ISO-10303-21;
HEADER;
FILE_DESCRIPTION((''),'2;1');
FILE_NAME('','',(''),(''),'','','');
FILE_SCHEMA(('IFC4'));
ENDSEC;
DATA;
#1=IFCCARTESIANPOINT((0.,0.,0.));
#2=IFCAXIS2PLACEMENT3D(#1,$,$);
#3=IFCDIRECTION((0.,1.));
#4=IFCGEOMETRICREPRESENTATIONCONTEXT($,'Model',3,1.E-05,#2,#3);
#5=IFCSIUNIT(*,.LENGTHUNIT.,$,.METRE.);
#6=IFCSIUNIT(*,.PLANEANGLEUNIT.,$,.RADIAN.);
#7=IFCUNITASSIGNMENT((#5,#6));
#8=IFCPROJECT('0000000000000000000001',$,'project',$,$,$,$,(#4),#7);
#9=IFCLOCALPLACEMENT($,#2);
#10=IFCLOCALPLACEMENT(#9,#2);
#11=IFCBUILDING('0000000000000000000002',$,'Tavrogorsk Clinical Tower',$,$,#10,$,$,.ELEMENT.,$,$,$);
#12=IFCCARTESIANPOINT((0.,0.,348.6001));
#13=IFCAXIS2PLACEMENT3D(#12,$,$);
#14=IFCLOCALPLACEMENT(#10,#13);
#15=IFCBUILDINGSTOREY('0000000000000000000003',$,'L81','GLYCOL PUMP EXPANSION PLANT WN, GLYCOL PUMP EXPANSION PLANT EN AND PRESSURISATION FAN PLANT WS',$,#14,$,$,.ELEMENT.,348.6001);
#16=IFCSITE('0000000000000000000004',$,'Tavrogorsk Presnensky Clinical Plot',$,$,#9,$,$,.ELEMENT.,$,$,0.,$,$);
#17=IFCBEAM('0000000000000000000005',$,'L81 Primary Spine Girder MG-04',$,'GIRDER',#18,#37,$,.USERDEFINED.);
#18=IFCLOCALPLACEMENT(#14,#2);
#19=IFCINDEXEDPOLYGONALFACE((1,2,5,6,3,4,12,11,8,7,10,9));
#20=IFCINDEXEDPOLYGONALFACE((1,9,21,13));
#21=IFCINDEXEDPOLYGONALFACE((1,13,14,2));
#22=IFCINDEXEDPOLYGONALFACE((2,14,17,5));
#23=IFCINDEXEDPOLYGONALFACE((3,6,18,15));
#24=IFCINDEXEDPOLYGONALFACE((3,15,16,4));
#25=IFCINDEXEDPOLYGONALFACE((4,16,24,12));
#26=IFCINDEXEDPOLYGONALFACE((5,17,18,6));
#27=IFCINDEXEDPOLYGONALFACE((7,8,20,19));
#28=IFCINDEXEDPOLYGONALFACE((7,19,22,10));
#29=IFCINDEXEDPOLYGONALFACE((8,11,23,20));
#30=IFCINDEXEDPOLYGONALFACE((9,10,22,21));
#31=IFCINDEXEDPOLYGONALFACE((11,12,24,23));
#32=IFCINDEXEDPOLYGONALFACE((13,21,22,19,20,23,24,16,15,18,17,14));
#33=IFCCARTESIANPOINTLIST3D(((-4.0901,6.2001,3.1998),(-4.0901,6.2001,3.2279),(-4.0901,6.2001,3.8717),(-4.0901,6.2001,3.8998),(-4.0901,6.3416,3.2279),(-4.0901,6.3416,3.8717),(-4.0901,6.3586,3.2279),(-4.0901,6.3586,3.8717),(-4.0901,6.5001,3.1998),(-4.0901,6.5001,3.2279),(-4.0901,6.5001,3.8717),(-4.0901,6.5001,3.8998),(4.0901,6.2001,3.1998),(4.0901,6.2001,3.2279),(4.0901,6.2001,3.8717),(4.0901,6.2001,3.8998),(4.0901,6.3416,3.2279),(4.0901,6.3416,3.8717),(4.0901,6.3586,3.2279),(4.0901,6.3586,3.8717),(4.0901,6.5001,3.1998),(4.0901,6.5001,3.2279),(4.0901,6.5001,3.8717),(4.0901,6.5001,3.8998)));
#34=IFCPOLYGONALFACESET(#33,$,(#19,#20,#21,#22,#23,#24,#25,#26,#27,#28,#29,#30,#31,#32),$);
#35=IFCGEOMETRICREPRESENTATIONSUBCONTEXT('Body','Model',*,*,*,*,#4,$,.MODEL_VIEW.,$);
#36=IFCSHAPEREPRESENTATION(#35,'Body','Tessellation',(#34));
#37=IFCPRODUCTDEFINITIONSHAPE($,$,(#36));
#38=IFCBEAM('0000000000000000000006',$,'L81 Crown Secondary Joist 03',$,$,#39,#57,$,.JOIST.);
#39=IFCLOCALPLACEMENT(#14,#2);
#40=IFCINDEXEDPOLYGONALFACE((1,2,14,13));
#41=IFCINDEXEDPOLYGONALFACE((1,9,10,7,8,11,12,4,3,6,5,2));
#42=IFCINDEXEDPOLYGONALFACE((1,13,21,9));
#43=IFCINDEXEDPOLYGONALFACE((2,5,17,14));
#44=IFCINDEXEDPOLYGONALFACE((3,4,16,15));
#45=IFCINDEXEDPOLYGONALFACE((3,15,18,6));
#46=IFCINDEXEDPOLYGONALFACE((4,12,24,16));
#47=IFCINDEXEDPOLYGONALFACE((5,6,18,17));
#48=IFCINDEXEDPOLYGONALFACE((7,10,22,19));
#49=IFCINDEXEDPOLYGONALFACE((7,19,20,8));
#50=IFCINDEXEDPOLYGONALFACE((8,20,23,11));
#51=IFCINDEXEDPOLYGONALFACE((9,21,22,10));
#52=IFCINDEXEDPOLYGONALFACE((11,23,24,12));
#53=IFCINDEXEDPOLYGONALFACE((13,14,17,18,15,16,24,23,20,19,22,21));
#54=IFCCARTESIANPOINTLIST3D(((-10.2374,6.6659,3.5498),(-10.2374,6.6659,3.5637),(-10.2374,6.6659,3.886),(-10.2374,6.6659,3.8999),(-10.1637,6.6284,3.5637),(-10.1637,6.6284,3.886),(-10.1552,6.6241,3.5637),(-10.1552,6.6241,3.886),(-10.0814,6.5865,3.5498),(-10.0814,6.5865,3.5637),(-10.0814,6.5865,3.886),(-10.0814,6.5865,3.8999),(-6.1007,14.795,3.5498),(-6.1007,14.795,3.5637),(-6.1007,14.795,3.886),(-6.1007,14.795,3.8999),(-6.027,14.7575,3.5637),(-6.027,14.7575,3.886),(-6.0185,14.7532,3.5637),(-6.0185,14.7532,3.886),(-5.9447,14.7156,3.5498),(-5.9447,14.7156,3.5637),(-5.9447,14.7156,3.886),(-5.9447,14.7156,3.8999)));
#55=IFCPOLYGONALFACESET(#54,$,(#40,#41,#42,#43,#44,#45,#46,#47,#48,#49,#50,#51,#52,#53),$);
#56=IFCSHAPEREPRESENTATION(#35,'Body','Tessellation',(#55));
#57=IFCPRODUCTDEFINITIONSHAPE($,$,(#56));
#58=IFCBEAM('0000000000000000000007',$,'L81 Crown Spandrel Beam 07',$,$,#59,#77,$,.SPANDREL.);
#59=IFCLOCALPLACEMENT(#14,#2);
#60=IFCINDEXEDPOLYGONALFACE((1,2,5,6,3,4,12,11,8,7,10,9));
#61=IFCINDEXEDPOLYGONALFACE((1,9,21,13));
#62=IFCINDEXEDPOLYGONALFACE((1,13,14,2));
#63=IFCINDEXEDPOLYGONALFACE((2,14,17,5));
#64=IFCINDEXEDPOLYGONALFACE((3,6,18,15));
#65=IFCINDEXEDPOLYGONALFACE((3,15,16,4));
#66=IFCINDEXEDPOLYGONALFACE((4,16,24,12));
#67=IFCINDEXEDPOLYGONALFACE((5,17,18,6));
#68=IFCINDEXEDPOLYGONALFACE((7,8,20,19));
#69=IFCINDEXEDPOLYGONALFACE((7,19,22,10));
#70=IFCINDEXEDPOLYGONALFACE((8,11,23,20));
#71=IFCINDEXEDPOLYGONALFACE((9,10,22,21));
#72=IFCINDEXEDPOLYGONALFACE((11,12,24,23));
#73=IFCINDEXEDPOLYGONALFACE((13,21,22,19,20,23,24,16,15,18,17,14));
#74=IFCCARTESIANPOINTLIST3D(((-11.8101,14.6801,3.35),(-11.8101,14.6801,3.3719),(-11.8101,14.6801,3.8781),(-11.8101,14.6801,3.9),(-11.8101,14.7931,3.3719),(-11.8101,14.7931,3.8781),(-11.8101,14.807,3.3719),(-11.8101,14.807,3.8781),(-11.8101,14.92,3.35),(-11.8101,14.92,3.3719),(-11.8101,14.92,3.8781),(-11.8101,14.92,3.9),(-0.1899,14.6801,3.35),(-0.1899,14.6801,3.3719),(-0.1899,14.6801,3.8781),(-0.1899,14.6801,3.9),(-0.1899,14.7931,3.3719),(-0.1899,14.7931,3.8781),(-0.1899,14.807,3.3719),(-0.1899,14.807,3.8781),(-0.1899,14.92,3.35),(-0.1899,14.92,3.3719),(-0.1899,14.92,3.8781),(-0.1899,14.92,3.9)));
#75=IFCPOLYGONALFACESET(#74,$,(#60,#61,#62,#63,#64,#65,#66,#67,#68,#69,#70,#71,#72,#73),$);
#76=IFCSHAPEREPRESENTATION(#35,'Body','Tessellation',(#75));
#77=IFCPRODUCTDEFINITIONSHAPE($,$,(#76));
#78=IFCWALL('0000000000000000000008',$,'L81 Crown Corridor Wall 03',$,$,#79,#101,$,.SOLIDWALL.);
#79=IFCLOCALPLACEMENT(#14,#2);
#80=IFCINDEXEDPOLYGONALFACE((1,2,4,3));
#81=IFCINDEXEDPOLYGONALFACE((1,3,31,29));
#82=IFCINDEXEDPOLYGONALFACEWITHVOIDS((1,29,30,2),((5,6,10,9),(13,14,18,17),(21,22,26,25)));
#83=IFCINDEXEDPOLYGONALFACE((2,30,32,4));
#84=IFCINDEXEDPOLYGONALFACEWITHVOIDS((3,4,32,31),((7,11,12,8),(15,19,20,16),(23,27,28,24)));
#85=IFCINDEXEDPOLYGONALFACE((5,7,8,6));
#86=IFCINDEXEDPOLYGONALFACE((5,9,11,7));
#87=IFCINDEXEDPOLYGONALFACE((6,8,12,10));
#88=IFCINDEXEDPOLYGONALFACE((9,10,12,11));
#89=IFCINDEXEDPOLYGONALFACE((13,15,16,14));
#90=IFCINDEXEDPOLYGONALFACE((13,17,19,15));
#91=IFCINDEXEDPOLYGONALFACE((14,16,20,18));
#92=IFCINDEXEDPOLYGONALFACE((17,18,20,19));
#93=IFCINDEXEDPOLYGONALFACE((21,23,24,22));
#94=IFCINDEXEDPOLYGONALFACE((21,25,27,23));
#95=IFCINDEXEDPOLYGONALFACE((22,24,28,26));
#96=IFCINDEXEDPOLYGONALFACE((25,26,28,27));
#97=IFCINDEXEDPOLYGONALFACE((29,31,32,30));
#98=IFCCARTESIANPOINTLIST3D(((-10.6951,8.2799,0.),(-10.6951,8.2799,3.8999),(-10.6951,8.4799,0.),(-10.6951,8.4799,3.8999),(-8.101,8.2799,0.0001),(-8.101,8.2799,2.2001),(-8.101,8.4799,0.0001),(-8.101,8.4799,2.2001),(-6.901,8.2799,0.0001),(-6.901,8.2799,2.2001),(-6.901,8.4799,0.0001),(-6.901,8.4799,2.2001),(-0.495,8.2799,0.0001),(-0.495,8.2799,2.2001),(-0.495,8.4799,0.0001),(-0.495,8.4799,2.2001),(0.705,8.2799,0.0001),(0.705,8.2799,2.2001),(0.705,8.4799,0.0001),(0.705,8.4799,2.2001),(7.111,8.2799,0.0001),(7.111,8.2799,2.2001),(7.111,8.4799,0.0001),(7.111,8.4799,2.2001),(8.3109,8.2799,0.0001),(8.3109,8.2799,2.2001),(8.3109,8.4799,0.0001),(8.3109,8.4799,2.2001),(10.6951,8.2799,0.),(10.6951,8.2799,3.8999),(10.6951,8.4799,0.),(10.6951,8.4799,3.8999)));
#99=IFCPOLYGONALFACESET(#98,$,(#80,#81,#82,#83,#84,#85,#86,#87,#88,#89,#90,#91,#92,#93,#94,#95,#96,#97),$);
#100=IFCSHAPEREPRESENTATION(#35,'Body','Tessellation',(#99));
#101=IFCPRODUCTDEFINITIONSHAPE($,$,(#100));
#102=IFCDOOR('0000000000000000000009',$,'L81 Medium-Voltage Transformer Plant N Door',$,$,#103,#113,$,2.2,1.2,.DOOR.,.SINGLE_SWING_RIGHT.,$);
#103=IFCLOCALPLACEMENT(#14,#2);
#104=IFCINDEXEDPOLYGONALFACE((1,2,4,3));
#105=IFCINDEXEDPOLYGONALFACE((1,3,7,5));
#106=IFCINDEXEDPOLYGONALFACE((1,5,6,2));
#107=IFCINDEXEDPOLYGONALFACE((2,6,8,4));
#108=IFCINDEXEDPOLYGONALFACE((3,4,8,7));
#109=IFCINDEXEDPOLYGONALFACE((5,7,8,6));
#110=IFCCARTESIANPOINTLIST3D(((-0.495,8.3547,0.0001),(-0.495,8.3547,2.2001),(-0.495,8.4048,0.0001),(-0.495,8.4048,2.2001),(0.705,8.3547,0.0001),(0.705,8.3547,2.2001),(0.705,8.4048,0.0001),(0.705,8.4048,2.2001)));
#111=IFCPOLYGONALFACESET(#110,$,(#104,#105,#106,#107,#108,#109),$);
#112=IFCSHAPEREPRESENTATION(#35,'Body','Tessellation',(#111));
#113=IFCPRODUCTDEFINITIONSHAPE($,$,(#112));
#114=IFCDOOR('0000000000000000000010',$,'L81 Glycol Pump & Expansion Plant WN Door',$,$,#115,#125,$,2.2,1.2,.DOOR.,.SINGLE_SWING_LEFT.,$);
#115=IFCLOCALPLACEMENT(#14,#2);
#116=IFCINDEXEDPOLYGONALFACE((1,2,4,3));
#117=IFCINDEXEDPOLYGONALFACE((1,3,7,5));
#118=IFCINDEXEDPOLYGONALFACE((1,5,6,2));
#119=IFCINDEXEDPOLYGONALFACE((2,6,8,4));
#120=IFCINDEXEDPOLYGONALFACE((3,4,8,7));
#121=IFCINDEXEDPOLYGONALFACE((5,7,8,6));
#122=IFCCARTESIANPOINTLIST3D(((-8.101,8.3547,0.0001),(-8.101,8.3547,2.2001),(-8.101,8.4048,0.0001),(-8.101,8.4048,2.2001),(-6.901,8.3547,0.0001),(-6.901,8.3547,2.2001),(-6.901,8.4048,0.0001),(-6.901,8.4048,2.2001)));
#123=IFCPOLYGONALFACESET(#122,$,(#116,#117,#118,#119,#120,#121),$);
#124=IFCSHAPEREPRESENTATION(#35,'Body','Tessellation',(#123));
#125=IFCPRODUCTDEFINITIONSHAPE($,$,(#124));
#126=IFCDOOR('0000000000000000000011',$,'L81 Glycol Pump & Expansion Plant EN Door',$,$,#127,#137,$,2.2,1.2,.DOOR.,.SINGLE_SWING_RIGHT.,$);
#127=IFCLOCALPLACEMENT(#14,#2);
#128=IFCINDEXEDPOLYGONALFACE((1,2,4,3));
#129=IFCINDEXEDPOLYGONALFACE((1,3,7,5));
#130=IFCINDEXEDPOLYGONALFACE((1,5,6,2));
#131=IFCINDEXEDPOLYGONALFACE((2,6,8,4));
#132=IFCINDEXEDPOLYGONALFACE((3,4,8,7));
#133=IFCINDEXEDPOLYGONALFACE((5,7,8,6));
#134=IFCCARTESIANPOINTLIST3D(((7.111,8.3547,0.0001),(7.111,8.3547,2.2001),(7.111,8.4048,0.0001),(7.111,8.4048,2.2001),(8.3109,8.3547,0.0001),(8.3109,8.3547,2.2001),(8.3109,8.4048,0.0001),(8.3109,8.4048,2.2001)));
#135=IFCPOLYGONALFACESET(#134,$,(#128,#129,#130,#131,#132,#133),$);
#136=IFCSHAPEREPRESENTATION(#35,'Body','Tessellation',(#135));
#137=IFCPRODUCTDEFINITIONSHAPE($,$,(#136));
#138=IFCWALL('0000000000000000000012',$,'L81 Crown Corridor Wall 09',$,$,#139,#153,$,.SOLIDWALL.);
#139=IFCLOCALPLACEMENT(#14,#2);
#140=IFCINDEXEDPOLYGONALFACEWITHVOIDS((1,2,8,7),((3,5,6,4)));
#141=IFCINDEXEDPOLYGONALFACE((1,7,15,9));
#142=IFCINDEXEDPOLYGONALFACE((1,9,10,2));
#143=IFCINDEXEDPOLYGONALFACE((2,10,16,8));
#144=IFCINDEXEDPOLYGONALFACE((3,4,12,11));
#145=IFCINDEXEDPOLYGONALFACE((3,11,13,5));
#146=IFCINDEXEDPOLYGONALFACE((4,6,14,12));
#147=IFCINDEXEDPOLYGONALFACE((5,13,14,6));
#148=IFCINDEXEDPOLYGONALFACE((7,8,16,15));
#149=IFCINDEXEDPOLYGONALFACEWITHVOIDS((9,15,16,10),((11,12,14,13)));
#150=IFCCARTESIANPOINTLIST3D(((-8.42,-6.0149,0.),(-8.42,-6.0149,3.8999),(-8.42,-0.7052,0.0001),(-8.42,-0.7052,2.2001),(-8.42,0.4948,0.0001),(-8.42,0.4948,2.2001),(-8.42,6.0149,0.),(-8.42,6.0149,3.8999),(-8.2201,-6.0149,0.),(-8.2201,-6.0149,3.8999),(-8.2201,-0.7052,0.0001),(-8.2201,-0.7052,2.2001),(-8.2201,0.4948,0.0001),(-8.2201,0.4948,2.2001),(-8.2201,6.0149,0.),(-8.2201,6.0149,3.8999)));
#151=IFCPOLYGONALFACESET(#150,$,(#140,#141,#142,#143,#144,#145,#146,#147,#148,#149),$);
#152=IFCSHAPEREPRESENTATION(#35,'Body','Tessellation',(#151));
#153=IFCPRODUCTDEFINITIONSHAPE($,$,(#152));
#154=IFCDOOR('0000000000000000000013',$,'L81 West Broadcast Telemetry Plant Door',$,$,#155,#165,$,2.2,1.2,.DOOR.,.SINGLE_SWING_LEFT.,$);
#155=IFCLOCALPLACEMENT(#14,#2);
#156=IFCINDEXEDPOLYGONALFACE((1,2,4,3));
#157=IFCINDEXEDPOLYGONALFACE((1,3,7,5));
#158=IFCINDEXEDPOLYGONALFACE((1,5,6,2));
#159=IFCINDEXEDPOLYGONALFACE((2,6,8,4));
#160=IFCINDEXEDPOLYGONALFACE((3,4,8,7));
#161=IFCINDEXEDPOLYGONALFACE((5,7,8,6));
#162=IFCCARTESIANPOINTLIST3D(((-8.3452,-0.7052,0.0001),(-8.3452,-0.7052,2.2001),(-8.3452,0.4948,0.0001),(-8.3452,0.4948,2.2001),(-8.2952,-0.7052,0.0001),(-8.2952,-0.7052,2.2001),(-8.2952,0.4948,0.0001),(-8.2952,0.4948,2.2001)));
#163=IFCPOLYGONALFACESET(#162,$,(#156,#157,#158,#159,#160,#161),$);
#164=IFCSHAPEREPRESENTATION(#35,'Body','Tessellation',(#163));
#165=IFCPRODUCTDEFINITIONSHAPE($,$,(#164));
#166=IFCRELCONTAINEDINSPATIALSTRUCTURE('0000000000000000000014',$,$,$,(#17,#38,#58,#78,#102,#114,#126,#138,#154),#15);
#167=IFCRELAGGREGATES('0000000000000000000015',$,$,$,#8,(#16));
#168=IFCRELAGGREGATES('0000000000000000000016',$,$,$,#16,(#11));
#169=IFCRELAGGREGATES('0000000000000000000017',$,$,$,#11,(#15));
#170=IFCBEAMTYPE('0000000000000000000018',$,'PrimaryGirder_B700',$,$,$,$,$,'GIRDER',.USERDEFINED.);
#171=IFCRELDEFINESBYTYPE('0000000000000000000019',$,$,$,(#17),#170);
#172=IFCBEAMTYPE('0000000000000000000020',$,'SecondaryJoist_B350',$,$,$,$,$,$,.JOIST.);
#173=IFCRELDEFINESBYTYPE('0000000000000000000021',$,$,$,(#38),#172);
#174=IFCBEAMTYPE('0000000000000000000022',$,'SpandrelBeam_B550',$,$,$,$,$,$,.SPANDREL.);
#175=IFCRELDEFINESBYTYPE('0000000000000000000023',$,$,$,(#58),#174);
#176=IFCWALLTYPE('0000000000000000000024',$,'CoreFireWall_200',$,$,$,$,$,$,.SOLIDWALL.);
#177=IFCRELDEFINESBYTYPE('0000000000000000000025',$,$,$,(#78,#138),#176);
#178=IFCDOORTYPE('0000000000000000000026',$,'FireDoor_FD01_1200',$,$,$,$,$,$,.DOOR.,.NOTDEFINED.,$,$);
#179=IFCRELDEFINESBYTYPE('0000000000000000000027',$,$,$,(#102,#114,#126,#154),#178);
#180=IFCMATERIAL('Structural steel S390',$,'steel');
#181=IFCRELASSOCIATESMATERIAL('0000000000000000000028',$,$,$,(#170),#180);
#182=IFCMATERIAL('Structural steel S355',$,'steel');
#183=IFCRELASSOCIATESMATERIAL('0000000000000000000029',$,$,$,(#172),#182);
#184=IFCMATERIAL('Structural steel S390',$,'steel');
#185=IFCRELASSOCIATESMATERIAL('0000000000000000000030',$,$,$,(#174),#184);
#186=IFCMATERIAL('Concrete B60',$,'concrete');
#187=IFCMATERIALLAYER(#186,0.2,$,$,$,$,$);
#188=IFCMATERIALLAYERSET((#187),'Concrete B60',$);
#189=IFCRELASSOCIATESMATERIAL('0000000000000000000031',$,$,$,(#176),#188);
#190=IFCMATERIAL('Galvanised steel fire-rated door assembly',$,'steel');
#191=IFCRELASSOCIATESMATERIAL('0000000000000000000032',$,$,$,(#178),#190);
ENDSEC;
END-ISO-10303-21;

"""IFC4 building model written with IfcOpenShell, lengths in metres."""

from ifc_helpers import new_model, si_unit, direction, frame, frame_2d, origin, origin_2d, place, context, subcontext, project, spatial, rectangle, i_section, extrude, material, layer, layer_set, material_profile, profile_set, type_object, element, fill, save


model = new_model("IFC4")

# Units and contexts
model_context = context("Model", 3, precision=1e-05, world=origin(), true_north=direction((0.0, 1.0)))
body_context = subcontext(model_context, "Body", "Model", "MODEL_VIEW")
ifc_project = project(units=[si_unit("LENGTHUNIT", "METRE"), si_unit("PLANEANGLEUNIT", "RADIAN")], contexts=[model_context])

# Site, building, storey
site_placement = place(None, origin())
site = spatial("IfcSite", under=ifc_project, at=site_placement, Name="Tavrogorsk Presnensky Clinical Plot", CompositionType="ELEMENT", RefElevation=0.0)
building_placement = place(site_placement, origin())
building = spatial("IfcBuilding", under=site, at=building_placement, Name="Tavrogorsk Clinical Tower", CompositionType="ELEMENT")
storey_placement = place(building_placement, frame((0.0, 0.0, 348.6001)))
storey = spatial("IfcBuildingStorey", under=building, at=storey_placement, Name="L81", Description="GLYCOL PUMP EXPANSION PLANT WN, GLYCOL PUMP EXPANSION PLANT EN AND PRESSURISATION FAN PLANT WS", CompositionType="ELEMENT", Elevation=348.6001)

# Beams
ifc_material_1 = material(Name="Structural steel S390", Category="steel")
ifc_material_profile_1 = material_profile(ifc_material_1, i_section(OverallWidth=0.3, OverallDepth=0.7, WebThickness=0.0171, FlangeThickness=0.0281, at=origin_2d()), Name="B-700x300x17x28")
ifc_profile_set_1 = profile_set([ifc_material_profile_1], Name="Structural steel S390")
beam_type_1 = type_object("IfcBeamType", Name="PrimaryGirder_B700", ElementType="GIRDER", PredefinedType="USERDEFINED", material=ifc_profile_set_1)
beam_1_placement = place(storey_placement, frame((-4.0901, 6.3501, 3.5498), z_axis=(1.0, 0.0, 0.0), x_axis=(0.0, 1.0, 0.0)))
element("IfcBeam", 1, at=beam_1_placement, inside=storey, type_object=beam_type_1, Name="L81 Primary Spine Girder MG-04", ObjectType="GIRDER", PredefinedType="USERDEFINED", context=body_context, shape_type="SweptSolid", body=[
    extrude(i_section(OverallWidth=0.3, OverallDepth=0.7, WebThickness=0.0171, FlangeThickness=0.0281, at=origin_2d()), origin(), (0.0, 0.0, 1.0), 8.1802),
])
ifc_material_2 = material(Name="Structural steel S355", Category="steel")
ifc_material_profile_2 = material_profile(ifc_material_2, i_section(OverallWidth=0.175, OverallDepth=0.3501, WebThickness=0.0095, FlangeThickness=0.0139, at=origin_2d()), Name="B-350x175x9.5x14")
ifc_profile_set_2 = profile_set([ifc_material_profile_2], Name="Structural steel S355")
beam_type_2 = type_object("IfcBeamType", Name="SecondaryJoist_B350", PredefinedType="JOIST", material=ifc_profile_set_2)
beam_2_placement = place(storey_placement, frame((-10.1594, 6.6262, 3.7249), z_axis=(0.45353, 0.891241, 0.0), x_axis=(-0.891241, 0.45353, 0.0)))
element("IfcBeam", 2, at=beam_2_placement, inside=storey, type_object=beam_type_2, Name="L81 Crown Secondary Joist 03", PredefinedType="JOIST", context=body_context, shape_type="SweptSolid", body=[
    extrude(i_section(OverallWidth=0.175, OverallDepth=0.3501, WebThickness=0.0095, FlangeThickness=0.0139, at=origin_2d()), origin(), (0.0, 0.0, 1.0), 9.1211),
])
ifc_material_3 = material(Name="Structural steel S390", Category="steel")
ifc_material_profile_3 = material_profile(ifc_material_3, i_section(OverallWidth=0.24, OverallDepth=0.55, WebThickness=0.0139, FlangeThickness=0.022, at=origin_2d()), Name="B-550x240x14x22")
ifc_profile_set_3 = profile_set([ifc_material_profile_3], Name="Structural steel S390")
beam_type_3 = type_object("IfcBeamType", Name="SpandrelBeam_B550", PredefinedType="SPANDREL", material=ifc_profile_set_3)
beam_3_placement = place(storey_placement, frame((-0.1899, 14.8, 3.625), z_axis=(-1.0, 0.0, 0.0), x_axis=(0.0, -1.0, 0.0)))
element("IfcBeam", 3, at=beam_3_placement, inside=storey, type_object=beam_type_3, Name="L81 Crown Spandrel Beam 07", PredefinedType="SPANDREL", context=body_context, shape_type="SweptSolid", body=[
    extrude(i_section(OverallWidth=0.24, OverallDepth=0.55, WebThickness=0.0139, FlangeThickness=0.022, at=origin_2d()), origin(), (0.0, 0.0, 1.0), 11.6201),
])

# Wall, openings, doors
ifc_material_4 = material(Name="Concrete B60", Category="concrete")
ifc_layer_1 = layer(ifc_material_4, 0.2)
ifc_layer_set_1 = layer_set([ifc_layer_1], Name="Concrete B60")
wall_type_1 = type_object("IfcWallType", Name="CoreFireWall_200", PredefinedType="SOLIDWALL", material=ifc_layer_set_1)
wall_1_placement = place(storey_placement, frame((-10.6951, 8.3799, 0.0), z_axis=(0.0, 0.0, 1.0), x_axis=(1.0, 0.0, 0.0)))
wall_1 = element("IfcWall", 4, at=wall_1_placement, inside=storey, type_object=wall_type_1, Name="L81 Crown Corridor Wall 03", PredefinedType="SOLIDWALL", context=body_context, shape_type="SweptSolid", body=[
    extrude(rectangle(XDim=21.3901, YDim=0.2, at=frame_2d((10.6951, 0.0))), origin(), (0.0, 0.0, 1.0), 3.8999),
])
opening_1_placement = place(wall_1_placement, frame((10.2, 0.0, 0.0)))
opening_1 = element("IfcOpeningElement", 5, at=opening_1_placement, cuts=wall_1, PredefinedType="OPENING", context=body_context, shape_type="SweptSolid", body=[
    extrude(rectangle(XDim=1.2, YDim=2.2, at=frame_2d((0.6001, 1.1001))), frame((0.0, 0.1099, 0.0), z_axis=(0.0, -1.0, 0.0), x_axis=(1.0, 0.0, 0.0)), (0.0, 0.0, 1.0), 0.22),
])
opening_2_placement = place(wall_1_placement, frame((2.594, 0.0, 0.0)))
opening_2 = element("IfcOpeningElement", 6, at=opening_2_placement, cuts=wall_1, PredefinedType="OPENING", context=body_context, shape_type="SweptSolid", body=[
    extrude(rectangle(XDim=1.2, YDim=2.2, at=frame_2d((0.6001, 1.1001))), frame((0.0, 0.1099, 0.0), z_axis=(0.0, -1.0, 0.0), x_axis=(1.0, 0.0, 0.0)), (0.0, 0.0, 1.0), 0.22),
])
opening_3_placement = place(wall_1_placement, frame((17.8059, 0.0, 0.0)))
opening_3 = element("IfcOpeningElement", 7, at=opening_3_placement, cuts=wall_1, PredefinedType="OPENING", context=body_context, shape_type="SweptSolid", body=[
    extrude(rectangle(XDim=1.2, YDim=2.2, at=frame_2d((0.6001, 1.1001))), frame((0.0, 0.1099, 0.0), z_axis=(0.0, -1.0, 0.0), x_axis=(1.0, 0.0, 0.0)), (0.0, 0.0, 1.0), 0.22),
])
ifc_material_5 = material(Name="Galvanised steel fire-rated door assembly", Category="steel")
door_type = type_object("IfcDoorType", Name="FireDoor_FD01_1200", OperationType="NOTDEFINED", PredefinedType="DOOR", material=ifc_material_5)
door_1_placement = place(opening_1_placement, origin())
door_1 = element("IfcDoor", 8, at=door_1_placement, inside=storey, type_object=door_type, Name="L81 Medium-Voltage Transformer Plant N Door", OperationType="SINGLE_SWING_RIGHT", OverallHeight=2.2, OverallWidth=1.2, PredefinedType="DOOR", context=body_context, shape_type="SweptSolid", body=[
    extrude(rectangle(XDim=1.2, YDim=2.2, at=frame_2d((0.6001, 1.1001))), frame((0.0, 0.0249, 0.0), z_axis=(0.0, -1.0, 0.0), x_axis=(1.0, 0.0, 0.0)), (0.0, 0.0, 1.0), 0.05),
])
fill(opening_1, door_1)
door_2_placement = place(opening_2_placement, origin())
door_2 = element("IfcDoor", 9, at=door_2_placement, inside=storey, type_object=door_type, Name="L81 Glycol Pump & Expansion Plant WN Door", OperationType="SINGLE_SWING_LEFT", OverallHeight=2.2, OverallWidth=1.2, PredefinedType="DOOR", context=body_context, shape_type="SweptSolid", body=[
    extrude(rectangle(XDim=1.2, YDim=2.2, at=frame_2d((0.6001, 1.1001))), frame((0.0, 0.0249, 0.0), z_axis=(0.0, -1.0, 0.0), x_axis=(1.0, 0.0, 0.0)), (0.0, 0.0, 1.0), 0.05),
])
fill(opening_2, door_2)
door_3_placement = place(opening_3_placement, origin())
door_3 = element("IfcDoor", 10, at=door_3_placement, inside=storey, type_object=door_type, Name="L81 Glycol Pump & Expansion Plant EN Door", OperationType="SINGLE_SWING_RIGHT", OverallHeight=2.2, OverallWidth=1.2, PredefinedType="DOOR", context=body_context, shape_type="SweptSolid", body=[
    extrude(rectangle(XDim=1.2, YDim=2.2, at=frame_2d((0.6001, 1.1001))), frame((0.0, 0.0249, 0.0), z_axis=(0.0, -1.0, 0.0), x_axis=(1.0, 0.0, 0.0)), (0.0, 0.0, 1.0), 0.05),
])
fill(opening_3, door_3)

# Wall, opening, door
wall_2_placement = place(storey_placement, frame((-8.3201, 6.0149, 0.0), z_axis=(0.0, 0.0, 1.0), x_axis=(0.0, -1.0, 0.0)))
wall_2 = element("IfcWall", 11, at=wall_2_placement, inside=storey, type_object=wall_type_1, Name="L81 Crown Corridor Wall 09", PredefinedType="SOLIDWALL", context=body_context, shape_type="SweptSolid", body=[
    extrude(rectangle(XDim=12.0298, YDim=0.2, at=frame_2d((6.0149, 0.0))), origin(), (0.0, 0.0, 1.0), 3.8999),
])
opening_4_placement = place(wall_2_placement, frame((5.52, 0.0, 0.0)))
opening_4 = element("IfcOpeningElement", 12, at=opening_4_placement, cuts=wall_2, PredefinedType="OPENING", context=body_context, shape_type="SweptSolid", body=[
    extrude(rectangle(XDim=1.2, YDim=2.2, at=frame_2d((0.6001, 1.1001))), frame((0.0, 0.1099, 0.0), z_axis=(0.0, -1.0, 0.0), x_axis=(1.0, 0.0, 0.0)), (0.0, 0.0, 1.0), 0.22),
])
door_4_placement = place(opening_4_placement, origin())
door_4 = element("IfcDoor", 13, at=door_4_placement, inside=storey, type_object=door_type, Name="L81 West Broadcast Telemetry Plant Door", OperationType="SINGLE_SWING_LEFT", OverallHeight=2.2, OverallWidth=1.2, PredefinedType="DOOR", context=body_context, shape_type="SweptSolid", body=[
    extrude(rectangle(XDim=1.2, YDim=2.2, at=frame_2d((0.6001, 1.1001))), frame((0.0, 0.0249, 0.0), z_axis=(0.0, -1.0, 0.0), x_axis=(1.0, 0.0, 0.0)), (0.0, 0.0, 1.0), 0.05),
])
fill(opening_4, door_4)

save(model, "model.ifc")
